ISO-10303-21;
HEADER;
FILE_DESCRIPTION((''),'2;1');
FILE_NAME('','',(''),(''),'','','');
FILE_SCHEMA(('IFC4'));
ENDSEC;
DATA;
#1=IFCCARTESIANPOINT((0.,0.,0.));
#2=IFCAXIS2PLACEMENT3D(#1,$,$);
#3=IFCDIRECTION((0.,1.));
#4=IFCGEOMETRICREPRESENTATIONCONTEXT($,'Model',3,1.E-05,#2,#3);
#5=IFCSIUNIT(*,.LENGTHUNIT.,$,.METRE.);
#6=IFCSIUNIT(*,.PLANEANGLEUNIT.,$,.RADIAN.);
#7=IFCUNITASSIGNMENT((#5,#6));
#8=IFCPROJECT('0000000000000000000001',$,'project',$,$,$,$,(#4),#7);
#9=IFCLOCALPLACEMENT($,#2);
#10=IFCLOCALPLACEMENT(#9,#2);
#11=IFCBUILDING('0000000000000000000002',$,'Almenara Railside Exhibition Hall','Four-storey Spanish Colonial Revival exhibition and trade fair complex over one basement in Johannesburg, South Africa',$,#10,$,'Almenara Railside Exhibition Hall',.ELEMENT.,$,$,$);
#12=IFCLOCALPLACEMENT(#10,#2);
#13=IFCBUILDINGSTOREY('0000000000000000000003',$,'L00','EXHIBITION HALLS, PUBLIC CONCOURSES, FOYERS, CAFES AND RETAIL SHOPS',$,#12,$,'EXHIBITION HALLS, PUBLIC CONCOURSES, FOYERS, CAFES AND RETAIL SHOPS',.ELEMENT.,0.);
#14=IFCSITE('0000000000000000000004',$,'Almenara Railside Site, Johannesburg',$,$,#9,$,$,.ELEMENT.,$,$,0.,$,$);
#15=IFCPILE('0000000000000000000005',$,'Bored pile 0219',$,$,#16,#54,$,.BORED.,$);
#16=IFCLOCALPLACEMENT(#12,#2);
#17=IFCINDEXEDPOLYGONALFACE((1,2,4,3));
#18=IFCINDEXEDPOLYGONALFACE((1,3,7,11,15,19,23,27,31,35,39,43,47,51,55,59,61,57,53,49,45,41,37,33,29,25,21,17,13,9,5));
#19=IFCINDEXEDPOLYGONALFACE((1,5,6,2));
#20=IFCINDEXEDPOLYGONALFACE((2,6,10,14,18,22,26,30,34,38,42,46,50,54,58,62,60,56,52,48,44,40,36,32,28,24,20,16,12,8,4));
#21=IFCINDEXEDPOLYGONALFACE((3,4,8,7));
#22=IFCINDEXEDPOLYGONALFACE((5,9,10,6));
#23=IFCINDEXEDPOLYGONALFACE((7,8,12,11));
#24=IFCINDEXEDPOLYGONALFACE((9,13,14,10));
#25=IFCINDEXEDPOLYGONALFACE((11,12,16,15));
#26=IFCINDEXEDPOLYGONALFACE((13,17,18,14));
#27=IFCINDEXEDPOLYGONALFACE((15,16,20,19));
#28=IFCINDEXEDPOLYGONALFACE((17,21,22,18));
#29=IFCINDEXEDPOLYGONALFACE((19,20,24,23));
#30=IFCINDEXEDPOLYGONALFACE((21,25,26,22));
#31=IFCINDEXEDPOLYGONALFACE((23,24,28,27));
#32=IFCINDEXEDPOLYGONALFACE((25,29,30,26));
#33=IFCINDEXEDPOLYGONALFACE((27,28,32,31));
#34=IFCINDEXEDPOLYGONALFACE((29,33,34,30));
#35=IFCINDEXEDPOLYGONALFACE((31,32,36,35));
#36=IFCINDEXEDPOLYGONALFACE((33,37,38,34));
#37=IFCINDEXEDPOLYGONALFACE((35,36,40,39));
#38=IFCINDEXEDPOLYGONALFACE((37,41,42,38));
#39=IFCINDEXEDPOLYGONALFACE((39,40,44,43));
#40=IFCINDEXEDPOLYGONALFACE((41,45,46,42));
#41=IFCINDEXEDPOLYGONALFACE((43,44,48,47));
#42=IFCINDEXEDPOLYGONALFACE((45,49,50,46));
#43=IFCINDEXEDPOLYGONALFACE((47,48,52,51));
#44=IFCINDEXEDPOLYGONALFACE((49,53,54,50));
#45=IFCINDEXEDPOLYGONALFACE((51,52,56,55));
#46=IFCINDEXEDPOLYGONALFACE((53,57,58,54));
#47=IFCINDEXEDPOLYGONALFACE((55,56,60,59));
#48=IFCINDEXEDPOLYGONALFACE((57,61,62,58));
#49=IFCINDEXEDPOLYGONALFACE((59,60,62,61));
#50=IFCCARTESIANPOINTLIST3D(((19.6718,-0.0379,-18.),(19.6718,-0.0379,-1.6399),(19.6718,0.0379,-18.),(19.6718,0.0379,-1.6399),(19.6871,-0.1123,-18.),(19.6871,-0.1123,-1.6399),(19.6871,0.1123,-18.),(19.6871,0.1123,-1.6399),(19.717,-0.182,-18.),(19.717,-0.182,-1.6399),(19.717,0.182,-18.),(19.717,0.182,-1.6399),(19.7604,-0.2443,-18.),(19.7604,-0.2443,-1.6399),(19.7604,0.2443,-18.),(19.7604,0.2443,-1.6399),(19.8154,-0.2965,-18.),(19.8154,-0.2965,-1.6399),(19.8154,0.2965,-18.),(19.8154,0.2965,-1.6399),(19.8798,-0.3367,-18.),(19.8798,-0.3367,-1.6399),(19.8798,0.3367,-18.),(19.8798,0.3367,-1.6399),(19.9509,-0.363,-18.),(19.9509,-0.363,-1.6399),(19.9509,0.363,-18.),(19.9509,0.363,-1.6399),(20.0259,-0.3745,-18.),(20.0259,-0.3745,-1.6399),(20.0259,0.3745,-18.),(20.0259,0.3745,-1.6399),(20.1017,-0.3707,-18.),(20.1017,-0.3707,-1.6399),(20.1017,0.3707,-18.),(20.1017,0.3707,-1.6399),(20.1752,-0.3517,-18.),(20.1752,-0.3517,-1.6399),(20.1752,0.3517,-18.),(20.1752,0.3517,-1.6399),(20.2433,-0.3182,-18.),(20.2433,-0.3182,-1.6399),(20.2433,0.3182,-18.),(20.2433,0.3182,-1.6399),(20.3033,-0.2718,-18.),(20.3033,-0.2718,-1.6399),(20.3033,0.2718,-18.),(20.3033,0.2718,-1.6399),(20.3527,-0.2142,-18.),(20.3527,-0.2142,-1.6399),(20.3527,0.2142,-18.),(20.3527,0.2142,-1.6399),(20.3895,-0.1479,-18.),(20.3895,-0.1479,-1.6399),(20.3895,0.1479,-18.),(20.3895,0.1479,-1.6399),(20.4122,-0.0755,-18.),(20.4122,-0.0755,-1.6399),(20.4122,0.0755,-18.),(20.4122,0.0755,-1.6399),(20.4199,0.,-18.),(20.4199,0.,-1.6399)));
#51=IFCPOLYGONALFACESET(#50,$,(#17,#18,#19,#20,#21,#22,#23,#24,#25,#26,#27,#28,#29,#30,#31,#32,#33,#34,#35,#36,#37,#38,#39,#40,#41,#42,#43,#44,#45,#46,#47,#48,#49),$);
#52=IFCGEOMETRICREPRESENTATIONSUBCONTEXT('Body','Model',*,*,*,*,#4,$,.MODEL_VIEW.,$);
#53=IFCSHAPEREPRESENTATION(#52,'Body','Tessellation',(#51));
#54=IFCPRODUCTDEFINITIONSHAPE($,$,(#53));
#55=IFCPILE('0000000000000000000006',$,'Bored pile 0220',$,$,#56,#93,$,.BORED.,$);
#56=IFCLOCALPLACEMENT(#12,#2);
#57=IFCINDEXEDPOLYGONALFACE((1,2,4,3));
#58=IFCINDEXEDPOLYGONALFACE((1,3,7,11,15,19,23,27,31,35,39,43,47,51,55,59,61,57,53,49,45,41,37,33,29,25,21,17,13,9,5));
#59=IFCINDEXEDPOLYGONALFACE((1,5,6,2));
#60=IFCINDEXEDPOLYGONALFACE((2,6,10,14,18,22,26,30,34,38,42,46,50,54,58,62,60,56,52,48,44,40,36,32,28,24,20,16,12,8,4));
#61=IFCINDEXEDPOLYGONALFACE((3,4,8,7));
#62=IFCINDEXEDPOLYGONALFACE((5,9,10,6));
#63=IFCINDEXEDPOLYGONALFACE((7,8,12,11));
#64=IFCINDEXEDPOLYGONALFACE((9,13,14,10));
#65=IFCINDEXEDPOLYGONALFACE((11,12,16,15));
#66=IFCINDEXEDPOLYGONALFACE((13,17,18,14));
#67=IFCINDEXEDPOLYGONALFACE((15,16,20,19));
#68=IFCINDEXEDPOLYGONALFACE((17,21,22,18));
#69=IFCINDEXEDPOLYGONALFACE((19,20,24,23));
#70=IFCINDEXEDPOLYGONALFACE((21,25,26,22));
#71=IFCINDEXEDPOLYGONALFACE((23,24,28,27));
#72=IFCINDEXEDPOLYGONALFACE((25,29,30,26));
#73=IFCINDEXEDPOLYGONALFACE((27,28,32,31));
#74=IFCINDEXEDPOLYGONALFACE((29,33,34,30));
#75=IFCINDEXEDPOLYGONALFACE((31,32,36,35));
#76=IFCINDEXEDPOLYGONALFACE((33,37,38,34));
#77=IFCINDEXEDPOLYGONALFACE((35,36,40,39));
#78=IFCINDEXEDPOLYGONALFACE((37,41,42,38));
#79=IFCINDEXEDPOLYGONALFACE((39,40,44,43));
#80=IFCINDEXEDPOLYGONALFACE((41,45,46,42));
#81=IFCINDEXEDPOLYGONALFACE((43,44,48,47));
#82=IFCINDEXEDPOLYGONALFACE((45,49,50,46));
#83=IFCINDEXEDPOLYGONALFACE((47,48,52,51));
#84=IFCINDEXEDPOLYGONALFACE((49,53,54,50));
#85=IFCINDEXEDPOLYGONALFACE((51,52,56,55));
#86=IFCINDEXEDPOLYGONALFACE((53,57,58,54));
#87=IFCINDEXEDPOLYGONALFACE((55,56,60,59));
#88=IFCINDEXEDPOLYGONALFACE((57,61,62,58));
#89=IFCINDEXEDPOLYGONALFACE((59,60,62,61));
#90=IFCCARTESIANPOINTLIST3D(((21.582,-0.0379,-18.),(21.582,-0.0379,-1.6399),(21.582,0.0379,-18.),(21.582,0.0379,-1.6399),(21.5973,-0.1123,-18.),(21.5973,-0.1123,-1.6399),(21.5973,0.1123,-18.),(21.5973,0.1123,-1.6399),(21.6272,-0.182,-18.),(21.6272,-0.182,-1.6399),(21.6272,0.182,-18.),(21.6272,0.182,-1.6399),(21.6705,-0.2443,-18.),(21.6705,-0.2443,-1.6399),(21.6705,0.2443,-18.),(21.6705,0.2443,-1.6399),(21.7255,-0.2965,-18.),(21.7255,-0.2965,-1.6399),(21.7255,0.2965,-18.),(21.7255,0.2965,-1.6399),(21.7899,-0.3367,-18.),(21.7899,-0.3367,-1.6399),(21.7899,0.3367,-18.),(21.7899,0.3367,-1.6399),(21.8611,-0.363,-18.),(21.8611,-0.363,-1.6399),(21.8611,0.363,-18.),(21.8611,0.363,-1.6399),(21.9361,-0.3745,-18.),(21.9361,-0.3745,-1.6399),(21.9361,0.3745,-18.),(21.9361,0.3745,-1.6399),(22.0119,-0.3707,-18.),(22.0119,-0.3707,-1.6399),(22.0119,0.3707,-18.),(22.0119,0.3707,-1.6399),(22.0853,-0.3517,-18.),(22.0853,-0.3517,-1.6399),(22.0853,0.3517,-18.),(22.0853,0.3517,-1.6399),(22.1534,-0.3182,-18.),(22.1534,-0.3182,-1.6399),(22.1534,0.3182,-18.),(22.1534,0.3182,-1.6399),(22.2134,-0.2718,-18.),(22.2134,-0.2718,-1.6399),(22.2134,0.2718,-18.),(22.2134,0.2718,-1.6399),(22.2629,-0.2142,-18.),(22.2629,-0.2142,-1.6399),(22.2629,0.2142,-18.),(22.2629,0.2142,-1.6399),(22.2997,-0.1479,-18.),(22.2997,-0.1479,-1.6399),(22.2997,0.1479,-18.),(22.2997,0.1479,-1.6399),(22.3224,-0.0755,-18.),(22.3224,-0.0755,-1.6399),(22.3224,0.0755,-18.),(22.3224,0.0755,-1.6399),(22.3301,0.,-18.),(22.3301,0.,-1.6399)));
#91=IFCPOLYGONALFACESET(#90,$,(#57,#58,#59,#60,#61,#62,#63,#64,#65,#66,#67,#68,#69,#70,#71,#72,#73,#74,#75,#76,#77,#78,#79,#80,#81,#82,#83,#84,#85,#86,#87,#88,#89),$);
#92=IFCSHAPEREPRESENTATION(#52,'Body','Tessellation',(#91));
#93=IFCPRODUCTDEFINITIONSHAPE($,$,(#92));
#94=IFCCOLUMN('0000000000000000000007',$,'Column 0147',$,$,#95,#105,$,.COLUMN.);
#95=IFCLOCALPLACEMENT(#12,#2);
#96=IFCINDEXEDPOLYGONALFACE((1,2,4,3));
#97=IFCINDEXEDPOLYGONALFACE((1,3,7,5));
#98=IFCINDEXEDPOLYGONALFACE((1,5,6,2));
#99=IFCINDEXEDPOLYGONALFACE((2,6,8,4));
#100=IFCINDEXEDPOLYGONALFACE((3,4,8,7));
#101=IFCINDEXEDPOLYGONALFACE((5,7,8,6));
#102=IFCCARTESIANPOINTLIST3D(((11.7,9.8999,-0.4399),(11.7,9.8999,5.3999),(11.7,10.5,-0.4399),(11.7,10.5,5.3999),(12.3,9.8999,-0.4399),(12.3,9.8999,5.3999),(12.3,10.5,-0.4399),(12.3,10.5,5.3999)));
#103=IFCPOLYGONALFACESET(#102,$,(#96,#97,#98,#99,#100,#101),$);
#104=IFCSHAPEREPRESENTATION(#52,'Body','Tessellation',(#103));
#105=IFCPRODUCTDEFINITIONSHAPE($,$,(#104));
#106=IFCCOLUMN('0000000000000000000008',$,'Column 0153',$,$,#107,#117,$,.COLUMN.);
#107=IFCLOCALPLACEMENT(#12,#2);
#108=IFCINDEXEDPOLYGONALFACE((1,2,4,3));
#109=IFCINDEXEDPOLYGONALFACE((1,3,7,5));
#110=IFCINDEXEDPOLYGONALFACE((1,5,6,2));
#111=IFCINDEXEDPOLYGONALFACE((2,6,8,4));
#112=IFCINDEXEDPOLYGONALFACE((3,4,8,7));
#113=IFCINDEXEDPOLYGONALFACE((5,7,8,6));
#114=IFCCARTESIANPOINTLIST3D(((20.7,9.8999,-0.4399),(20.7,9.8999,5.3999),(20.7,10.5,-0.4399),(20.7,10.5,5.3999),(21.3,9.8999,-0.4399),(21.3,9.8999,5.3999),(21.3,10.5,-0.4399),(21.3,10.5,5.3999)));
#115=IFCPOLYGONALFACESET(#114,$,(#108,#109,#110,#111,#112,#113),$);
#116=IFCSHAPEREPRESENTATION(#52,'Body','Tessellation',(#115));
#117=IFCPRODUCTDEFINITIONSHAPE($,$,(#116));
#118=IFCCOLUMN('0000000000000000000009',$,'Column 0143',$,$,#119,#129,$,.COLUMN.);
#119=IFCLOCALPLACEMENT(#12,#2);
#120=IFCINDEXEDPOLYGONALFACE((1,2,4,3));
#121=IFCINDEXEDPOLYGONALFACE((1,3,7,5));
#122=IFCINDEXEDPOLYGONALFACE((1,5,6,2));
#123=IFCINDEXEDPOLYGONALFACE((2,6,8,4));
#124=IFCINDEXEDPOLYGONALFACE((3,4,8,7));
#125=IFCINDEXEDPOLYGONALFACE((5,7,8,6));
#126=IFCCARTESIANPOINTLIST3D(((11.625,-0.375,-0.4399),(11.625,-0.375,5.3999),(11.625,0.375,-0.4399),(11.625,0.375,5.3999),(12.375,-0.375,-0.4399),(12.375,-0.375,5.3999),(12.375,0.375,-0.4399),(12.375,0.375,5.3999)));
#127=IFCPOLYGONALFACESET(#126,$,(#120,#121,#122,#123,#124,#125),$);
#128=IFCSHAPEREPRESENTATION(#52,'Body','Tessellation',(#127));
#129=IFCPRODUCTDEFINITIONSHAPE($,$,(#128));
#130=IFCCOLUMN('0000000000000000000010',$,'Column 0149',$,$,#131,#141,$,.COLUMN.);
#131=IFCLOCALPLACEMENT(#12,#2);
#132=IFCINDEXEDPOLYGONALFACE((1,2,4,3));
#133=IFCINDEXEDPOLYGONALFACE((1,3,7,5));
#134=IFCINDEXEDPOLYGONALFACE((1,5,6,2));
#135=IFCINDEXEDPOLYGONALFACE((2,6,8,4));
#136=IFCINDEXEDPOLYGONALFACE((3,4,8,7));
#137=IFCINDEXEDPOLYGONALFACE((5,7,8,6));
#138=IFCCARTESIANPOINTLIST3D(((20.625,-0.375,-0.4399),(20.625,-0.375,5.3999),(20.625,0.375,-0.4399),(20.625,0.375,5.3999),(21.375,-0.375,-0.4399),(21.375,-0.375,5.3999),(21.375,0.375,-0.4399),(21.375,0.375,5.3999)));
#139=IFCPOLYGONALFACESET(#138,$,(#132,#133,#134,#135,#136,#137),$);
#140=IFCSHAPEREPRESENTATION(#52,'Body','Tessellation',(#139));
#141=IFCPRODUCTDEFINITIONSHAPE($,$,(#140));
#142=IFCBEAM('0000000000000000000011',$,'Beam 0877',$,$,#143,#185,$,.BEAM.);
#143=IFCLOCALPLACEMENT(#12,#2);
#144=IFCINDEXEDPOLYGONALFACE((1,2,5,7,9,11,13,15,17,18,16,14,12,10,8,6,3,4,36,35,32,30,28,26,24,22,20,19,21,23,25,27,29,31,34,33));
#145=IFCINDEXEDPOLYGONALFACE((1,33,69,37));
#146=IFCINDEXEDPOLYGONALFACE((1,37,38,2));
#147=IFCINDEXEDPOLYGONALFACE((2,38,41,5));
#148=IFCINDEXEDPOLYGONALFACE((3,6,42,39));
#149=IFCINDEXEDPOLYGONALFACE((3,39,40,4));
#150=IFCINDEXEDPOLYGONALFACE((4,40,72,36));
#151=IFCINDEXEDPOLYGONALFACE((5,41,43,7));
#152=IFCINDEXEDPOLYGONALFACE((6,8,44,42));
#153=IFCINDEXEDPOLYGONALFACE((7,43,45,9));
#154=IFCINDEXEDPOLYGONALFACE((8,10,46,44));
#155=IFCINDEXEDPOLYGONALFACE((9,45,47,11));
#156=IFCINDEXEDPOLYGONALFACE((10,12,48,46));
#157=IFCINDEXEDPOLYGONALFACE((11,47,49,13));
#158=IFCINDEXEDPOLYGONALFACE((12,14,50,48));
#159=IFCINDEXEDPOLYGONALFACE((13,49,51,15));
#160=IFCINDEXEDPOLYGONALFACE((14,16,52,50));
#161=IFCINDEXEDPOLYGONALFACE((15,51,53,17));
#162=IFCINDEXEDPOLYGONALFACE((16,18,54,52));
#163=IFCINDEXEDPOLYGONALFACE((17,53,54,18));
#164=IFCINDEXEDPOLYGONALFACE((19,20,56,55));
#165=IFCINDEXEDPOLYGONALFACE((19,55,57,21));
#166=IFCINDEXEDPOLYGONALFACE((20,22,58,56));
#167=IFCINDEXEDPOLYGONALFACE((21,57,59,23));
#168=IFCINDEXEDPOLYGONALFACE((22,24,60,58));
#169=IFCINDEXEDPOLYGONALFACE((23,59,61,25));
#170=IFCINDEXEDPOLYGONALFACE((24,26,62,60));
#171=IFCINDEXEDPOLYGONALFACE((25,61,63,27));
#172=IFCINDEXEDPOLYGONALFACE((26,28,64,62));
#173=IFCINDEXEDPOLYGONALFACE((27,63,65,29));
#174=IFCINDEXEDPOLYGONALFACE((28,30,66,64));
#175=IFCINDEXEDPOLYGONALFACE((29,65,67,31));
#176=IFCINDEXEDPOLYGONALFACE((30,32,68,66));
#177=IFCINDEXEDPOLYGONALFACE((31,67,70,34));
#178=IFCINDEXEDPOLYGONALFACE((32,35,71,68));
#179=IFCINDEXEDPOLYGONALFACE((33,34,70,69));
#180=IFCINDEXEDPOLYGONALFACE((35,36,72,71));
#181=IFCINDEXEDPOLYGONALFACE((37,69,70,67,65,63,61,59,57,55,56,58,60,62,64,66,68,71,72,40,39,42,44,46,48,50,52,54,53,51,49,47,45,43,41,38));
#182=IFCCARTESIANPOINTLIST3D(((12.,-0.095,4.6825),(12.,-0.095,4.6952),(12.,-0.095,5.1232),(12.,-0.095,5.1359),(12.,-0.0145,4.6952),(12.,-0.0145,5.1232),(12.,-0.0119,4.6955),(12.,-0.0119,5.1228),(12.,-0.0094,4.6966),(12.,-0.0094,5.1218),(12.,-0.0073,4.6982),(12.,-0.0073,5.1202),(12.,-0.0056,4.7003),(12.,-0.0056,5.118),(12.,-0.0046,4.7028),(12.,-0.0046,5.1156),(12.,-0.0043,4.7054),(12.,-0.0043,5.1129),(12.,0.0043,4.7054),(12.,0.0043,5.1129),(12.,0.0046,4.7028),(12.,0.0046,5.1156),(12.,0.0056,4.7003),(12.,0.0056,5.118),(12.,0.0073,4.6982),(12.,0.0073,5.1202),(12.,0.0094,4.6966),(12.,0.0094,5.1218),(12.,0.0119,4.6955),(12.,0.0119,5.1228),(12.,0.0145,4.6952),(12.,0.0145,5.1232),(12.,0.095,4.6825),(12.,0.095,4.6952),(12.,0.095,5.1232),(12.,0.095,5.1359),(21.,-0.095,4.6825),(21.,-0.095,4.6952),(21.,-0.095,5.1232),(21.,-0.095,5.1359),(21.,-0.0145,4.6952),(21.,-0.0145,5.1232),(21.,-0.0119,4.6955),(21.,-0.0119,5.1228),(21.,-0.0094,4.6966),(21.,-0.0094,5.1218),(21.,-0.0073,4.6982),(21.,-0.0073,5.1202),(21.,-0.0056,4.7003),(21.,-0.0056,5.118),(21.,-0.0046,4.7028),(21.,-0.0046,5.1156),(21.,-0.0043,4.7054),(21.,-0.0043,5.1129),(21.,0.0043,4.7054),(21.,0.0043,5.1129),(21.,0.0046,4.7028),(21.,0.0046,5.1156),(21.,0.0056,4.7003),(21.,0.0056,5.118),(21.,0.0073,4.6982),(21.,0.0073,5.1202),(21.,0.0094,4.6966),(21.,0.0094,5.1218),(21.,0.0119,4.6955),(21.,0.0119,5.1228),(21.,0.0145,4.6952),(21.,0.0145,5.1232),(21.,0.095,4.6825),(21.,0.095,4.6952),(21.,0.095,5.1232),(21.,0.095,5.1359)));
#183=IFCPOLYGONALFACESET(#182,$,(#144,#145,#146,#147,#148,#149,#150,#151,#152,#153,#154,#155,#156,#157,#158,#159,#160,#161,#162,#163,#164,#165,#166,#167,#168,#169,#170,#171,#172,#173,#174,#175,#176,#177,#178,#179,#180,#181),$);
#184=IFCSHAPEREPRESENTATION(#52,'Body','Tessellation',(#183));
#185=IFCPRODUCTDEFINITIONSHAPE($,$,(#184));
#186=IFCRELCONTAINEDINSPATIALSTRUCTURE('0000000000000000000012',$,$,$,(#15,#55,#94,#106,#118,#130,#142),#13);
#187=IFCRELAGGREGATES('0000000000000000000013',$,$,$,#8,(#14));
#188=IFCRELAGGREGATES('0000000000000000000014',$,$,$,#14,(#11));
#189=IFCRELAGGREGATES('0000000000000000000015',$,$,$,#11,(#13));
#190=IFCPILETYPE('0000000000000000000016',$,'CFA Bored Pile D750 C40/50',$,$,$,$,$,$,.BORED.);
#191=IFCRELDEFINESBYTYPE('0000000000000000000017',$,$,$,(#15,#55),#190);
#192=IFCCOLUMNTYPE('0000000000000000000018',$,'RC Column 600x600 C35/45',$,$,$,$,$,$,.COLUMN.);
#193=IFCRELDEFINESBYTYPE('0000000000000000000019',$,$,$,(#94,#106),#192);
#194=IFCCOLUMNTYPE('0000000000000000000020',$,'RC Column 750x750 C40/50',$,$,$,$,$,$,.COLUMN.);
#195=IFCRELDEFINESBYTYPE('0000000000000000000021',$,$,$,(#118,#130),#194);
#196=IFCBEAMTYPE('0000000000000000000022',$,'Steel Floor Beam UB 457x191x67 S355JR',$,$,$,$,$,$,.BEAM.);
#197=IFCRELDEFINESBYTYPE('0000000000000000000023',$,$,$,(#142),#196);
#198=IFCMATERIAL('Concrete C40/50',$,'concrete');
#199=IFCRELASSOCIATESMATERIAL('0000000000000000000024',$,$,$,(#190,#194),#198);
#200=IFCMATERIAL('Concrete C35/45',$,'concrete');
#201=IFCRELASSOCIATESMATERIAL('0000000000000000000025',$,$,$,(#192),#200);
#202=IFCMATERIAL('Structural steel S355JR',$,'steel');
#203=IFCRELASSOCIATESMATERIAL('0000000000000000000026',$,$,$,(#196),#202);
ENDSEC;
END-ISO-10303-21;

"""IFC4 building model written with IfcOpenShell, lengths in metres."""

from ifc_helpers import new_model, si_unit, direction, frame, origin, origin_2d, place, context, subcontext, project, spatial, rectangle, circle, i_section, extrude, material, material_profile, profile_set, type_object, element, save


model = new_model("IFC4")

# Units and contexts
model_context = context("Model", 3, precision=1e-05, world=origin(), true_north=direction((0.0, 1.0)))
body_context = subcontext(model_context, "Body", "Model", "MODEL_VIEW")
ifc_project = project(units=[si_unit("LENGTHUNIT", "METRE"), si_unit("PLANEANGLEUNIT", "RADIAN")], contexts=[model_context])

# Site, building, storey
site_placement = place(None, origin())
site = spatial("IfcSite", under=ifc_project, at=site_placement, Name="Almenara Railside Site, Johannesburg", CompositionType="ELEMENT", RefElevation=0.0)
building_placement = place(site_placement, origin())
building = spatial("IfcBuilding", under=site, at=building_placement, Name="Almenara Railside Exhibition Hall", Description="Four-storey Spanish Colonial Revival exhibition and trade fair complex over one basement in Johannesburg, South Africa", LongName="Almenara Railside Exhibition Hall", CompositionType="ELEMENT")
storey_placement = place(building_placement, origin())
storey = spatial("IfcBuildingStorey", under=building, at=storey_placement, Name="L00", Description="EXHIBITION HALLS, PUBLIC CONCOURSES, FOYERS, CAFES AND RETAIL SHOPS", LongName="EXHIBITION HALLS, PUBLIC CONCOURSES, FOYERS, CAFES AND RETAIL SHOPS", CompositionType="ELEMENT", Elevation=0.0)

# Piles
ifc_material_1 = material(Name="Concrete C40/50", Category="concrete")
ifc_material_profile_1 = material_profile(ifc_material_1, circle(Radius=0.375, at=origin_2d()), Name="CFA-PILE D750")
ifc_profile_set_1 = profile_set([ifc_material_profile_1], Name="Concrete C40/50")
pile_type_1 = type_object("IfcPileType", Name="CFA Bored Pile D750 C40/50", PredefinedType="BORED", material=ifc_profile_set_1)
for number, where, z_axis, x_axis, name in (
    (1, (20.0449, 0.0, -1.6399), (0.0, 0.0, -1.0), (1.0, 0.0, 0.0), "Bored pile 0219"),
    (2, (21.9551, 0.0, -1.6399), (0.0, 0.0, -1.0), (1.0, 0.0, 0.0), "Bored pile 0220"),
):
    element("IfcPile", number, at=place(storey_placement, frame(where, z_axis=z_axis, x_axis=x_axis)), inside=storey, type_object=pile_type_1, Name=name, PredefinedType="BORED", context=body_context, shape_type="SweptSolid", body=[
        extrude(circle(Radius=0.375, at=origin_2d()), origin(), (0.0, 0.0, 1.0), 16.3601),
    ])

# Columns
ifc_material_2 = material(Name="Concrete C35/45", Category="concrete")
ifc_material_profile_2 = material_profile(ifc_material_2, rectangle(XDim=0.6001, YDim=0.6001, at=origin_2d()), Name="RC 600x600")
ifc_profile_set_2 = profile_set([ifc_material_profile_2], Name="Concrete C35/45")
column_type_1 = type_object("IfcColumnType", Name="RC Column 600x600 C35/45", PredefinedType="COLUMN", material=ifc_profile_set_2)
for number, where, z_axis, x_axis, name in (
    (3, (12.0, 10.2, -0.4399), (0.0, 0.0, 1.0), (1.0, 0.0, 0.0), "Column 0147"),
    (4, (21.0, 10.2, -0.4399), (0.0, 0.0, 1.0), (1.0, 0.0, 0.0), "Column 0153"),
):
    element("IfcColumn", number, at=place(storey_placement, frame(where, z_axis=z_axis, x_axis=x_axis)), inside=storey, type_object=column_type_1, Name=name, PredefinedType="COLUMN", context=body_context, shape_type="SweptSolid", body=[
        extrude(rectangle(XDim=0.6001, YDim=0.6001, at=origin_2d()), origin(), (0.0, 0.0, 1.0), 5.8398),
    ])
ifc_material_profile_3 = material_profile(ifc_material_1, rectangle(XDim=0.75, YDim=0.75, at=origin_2d()), Name="RC 750x750")
ifc_profile_set_3 = profile_set([ifc_material_profile_3], Name="Concrete C40/50")
column_type_2 = type_object("IfcColumnType", Name="RC Column 750x750 C40/50", PredefinedType="COLUMN", material=ifc_profile_set_3)
for number, where, z_axis, x_axis, name in (
    (5, (12.0, 0.0, -0.4399), (0.0, 0.0, 1.0), (1.0, 0.0, 0.0), "Column 0143"),
    (6, (21.0, 0.0, -0.4399), (0.0, 0.0, 1.0), (1.0, 0.0, 0.0), "Column 0149"),
):
    element("IfcColumn", number, at=place(storey_placement, frame(where, z_axis=z_axis, x_axis=x_axis)), inside=storey, type_object=column_type_2, Name=name, PredefinedType="COLUMN", context=body_context, shape_type="SweptSolid", body=[
        extrude(rectangle(XDim=0.75, YDim=0.75, at=origin_2d()), origin(), (0.0, 0.0, 1.0), 5.8398),
    ])

# Beam
ifc_material_3 = material(Name="Structural steel S355JR", Category="steel")
ifc_material_profile_4 = material_profile(ifc_material_3, i_section(OverallWidth=0.1899, OverallDepth=0.4534, WebThickness=0.0085, FlangeThickness=0.0127, FilletRadius=0.0103, at=origin_2d()), Name="UB 457x191x67")
ifc_profile_set_4 = profile_set([ifc_material_profile_4], Name="Structural steel S355JR")
beam_type_1 = type_object("IfcBeamType", Name="Steel Floor Beam UB 457x191x67 S355JR", PredefinedType="BEAM", material=ifc_profile_set_4)
beam_1_placement = place(storey_placement, frame((12.0, 0.0, 4.9092), z_axis=(1.0, 0.0, 0.0), x_axis=(0.0, 1.0, 0.0)))
element("IfcBeam", 7, at=beam_1_placement, inside=storey, type_object=beam_type_1, Name="Beam 0877", PredefinedType="BEAM", context=body_context, shape_type="SweptSolid", body=[
    extrude(i_section(OverallWidth=0.1899, OverallDepth=0.4534, WebThickness=0.0085, FlangeThickness=0.0127, FilletRadius=0.0103, at=origin_2d()), origin(), (0.0, 0.0, 1.0), 9.0),
])

save(model, "model.ifc")
